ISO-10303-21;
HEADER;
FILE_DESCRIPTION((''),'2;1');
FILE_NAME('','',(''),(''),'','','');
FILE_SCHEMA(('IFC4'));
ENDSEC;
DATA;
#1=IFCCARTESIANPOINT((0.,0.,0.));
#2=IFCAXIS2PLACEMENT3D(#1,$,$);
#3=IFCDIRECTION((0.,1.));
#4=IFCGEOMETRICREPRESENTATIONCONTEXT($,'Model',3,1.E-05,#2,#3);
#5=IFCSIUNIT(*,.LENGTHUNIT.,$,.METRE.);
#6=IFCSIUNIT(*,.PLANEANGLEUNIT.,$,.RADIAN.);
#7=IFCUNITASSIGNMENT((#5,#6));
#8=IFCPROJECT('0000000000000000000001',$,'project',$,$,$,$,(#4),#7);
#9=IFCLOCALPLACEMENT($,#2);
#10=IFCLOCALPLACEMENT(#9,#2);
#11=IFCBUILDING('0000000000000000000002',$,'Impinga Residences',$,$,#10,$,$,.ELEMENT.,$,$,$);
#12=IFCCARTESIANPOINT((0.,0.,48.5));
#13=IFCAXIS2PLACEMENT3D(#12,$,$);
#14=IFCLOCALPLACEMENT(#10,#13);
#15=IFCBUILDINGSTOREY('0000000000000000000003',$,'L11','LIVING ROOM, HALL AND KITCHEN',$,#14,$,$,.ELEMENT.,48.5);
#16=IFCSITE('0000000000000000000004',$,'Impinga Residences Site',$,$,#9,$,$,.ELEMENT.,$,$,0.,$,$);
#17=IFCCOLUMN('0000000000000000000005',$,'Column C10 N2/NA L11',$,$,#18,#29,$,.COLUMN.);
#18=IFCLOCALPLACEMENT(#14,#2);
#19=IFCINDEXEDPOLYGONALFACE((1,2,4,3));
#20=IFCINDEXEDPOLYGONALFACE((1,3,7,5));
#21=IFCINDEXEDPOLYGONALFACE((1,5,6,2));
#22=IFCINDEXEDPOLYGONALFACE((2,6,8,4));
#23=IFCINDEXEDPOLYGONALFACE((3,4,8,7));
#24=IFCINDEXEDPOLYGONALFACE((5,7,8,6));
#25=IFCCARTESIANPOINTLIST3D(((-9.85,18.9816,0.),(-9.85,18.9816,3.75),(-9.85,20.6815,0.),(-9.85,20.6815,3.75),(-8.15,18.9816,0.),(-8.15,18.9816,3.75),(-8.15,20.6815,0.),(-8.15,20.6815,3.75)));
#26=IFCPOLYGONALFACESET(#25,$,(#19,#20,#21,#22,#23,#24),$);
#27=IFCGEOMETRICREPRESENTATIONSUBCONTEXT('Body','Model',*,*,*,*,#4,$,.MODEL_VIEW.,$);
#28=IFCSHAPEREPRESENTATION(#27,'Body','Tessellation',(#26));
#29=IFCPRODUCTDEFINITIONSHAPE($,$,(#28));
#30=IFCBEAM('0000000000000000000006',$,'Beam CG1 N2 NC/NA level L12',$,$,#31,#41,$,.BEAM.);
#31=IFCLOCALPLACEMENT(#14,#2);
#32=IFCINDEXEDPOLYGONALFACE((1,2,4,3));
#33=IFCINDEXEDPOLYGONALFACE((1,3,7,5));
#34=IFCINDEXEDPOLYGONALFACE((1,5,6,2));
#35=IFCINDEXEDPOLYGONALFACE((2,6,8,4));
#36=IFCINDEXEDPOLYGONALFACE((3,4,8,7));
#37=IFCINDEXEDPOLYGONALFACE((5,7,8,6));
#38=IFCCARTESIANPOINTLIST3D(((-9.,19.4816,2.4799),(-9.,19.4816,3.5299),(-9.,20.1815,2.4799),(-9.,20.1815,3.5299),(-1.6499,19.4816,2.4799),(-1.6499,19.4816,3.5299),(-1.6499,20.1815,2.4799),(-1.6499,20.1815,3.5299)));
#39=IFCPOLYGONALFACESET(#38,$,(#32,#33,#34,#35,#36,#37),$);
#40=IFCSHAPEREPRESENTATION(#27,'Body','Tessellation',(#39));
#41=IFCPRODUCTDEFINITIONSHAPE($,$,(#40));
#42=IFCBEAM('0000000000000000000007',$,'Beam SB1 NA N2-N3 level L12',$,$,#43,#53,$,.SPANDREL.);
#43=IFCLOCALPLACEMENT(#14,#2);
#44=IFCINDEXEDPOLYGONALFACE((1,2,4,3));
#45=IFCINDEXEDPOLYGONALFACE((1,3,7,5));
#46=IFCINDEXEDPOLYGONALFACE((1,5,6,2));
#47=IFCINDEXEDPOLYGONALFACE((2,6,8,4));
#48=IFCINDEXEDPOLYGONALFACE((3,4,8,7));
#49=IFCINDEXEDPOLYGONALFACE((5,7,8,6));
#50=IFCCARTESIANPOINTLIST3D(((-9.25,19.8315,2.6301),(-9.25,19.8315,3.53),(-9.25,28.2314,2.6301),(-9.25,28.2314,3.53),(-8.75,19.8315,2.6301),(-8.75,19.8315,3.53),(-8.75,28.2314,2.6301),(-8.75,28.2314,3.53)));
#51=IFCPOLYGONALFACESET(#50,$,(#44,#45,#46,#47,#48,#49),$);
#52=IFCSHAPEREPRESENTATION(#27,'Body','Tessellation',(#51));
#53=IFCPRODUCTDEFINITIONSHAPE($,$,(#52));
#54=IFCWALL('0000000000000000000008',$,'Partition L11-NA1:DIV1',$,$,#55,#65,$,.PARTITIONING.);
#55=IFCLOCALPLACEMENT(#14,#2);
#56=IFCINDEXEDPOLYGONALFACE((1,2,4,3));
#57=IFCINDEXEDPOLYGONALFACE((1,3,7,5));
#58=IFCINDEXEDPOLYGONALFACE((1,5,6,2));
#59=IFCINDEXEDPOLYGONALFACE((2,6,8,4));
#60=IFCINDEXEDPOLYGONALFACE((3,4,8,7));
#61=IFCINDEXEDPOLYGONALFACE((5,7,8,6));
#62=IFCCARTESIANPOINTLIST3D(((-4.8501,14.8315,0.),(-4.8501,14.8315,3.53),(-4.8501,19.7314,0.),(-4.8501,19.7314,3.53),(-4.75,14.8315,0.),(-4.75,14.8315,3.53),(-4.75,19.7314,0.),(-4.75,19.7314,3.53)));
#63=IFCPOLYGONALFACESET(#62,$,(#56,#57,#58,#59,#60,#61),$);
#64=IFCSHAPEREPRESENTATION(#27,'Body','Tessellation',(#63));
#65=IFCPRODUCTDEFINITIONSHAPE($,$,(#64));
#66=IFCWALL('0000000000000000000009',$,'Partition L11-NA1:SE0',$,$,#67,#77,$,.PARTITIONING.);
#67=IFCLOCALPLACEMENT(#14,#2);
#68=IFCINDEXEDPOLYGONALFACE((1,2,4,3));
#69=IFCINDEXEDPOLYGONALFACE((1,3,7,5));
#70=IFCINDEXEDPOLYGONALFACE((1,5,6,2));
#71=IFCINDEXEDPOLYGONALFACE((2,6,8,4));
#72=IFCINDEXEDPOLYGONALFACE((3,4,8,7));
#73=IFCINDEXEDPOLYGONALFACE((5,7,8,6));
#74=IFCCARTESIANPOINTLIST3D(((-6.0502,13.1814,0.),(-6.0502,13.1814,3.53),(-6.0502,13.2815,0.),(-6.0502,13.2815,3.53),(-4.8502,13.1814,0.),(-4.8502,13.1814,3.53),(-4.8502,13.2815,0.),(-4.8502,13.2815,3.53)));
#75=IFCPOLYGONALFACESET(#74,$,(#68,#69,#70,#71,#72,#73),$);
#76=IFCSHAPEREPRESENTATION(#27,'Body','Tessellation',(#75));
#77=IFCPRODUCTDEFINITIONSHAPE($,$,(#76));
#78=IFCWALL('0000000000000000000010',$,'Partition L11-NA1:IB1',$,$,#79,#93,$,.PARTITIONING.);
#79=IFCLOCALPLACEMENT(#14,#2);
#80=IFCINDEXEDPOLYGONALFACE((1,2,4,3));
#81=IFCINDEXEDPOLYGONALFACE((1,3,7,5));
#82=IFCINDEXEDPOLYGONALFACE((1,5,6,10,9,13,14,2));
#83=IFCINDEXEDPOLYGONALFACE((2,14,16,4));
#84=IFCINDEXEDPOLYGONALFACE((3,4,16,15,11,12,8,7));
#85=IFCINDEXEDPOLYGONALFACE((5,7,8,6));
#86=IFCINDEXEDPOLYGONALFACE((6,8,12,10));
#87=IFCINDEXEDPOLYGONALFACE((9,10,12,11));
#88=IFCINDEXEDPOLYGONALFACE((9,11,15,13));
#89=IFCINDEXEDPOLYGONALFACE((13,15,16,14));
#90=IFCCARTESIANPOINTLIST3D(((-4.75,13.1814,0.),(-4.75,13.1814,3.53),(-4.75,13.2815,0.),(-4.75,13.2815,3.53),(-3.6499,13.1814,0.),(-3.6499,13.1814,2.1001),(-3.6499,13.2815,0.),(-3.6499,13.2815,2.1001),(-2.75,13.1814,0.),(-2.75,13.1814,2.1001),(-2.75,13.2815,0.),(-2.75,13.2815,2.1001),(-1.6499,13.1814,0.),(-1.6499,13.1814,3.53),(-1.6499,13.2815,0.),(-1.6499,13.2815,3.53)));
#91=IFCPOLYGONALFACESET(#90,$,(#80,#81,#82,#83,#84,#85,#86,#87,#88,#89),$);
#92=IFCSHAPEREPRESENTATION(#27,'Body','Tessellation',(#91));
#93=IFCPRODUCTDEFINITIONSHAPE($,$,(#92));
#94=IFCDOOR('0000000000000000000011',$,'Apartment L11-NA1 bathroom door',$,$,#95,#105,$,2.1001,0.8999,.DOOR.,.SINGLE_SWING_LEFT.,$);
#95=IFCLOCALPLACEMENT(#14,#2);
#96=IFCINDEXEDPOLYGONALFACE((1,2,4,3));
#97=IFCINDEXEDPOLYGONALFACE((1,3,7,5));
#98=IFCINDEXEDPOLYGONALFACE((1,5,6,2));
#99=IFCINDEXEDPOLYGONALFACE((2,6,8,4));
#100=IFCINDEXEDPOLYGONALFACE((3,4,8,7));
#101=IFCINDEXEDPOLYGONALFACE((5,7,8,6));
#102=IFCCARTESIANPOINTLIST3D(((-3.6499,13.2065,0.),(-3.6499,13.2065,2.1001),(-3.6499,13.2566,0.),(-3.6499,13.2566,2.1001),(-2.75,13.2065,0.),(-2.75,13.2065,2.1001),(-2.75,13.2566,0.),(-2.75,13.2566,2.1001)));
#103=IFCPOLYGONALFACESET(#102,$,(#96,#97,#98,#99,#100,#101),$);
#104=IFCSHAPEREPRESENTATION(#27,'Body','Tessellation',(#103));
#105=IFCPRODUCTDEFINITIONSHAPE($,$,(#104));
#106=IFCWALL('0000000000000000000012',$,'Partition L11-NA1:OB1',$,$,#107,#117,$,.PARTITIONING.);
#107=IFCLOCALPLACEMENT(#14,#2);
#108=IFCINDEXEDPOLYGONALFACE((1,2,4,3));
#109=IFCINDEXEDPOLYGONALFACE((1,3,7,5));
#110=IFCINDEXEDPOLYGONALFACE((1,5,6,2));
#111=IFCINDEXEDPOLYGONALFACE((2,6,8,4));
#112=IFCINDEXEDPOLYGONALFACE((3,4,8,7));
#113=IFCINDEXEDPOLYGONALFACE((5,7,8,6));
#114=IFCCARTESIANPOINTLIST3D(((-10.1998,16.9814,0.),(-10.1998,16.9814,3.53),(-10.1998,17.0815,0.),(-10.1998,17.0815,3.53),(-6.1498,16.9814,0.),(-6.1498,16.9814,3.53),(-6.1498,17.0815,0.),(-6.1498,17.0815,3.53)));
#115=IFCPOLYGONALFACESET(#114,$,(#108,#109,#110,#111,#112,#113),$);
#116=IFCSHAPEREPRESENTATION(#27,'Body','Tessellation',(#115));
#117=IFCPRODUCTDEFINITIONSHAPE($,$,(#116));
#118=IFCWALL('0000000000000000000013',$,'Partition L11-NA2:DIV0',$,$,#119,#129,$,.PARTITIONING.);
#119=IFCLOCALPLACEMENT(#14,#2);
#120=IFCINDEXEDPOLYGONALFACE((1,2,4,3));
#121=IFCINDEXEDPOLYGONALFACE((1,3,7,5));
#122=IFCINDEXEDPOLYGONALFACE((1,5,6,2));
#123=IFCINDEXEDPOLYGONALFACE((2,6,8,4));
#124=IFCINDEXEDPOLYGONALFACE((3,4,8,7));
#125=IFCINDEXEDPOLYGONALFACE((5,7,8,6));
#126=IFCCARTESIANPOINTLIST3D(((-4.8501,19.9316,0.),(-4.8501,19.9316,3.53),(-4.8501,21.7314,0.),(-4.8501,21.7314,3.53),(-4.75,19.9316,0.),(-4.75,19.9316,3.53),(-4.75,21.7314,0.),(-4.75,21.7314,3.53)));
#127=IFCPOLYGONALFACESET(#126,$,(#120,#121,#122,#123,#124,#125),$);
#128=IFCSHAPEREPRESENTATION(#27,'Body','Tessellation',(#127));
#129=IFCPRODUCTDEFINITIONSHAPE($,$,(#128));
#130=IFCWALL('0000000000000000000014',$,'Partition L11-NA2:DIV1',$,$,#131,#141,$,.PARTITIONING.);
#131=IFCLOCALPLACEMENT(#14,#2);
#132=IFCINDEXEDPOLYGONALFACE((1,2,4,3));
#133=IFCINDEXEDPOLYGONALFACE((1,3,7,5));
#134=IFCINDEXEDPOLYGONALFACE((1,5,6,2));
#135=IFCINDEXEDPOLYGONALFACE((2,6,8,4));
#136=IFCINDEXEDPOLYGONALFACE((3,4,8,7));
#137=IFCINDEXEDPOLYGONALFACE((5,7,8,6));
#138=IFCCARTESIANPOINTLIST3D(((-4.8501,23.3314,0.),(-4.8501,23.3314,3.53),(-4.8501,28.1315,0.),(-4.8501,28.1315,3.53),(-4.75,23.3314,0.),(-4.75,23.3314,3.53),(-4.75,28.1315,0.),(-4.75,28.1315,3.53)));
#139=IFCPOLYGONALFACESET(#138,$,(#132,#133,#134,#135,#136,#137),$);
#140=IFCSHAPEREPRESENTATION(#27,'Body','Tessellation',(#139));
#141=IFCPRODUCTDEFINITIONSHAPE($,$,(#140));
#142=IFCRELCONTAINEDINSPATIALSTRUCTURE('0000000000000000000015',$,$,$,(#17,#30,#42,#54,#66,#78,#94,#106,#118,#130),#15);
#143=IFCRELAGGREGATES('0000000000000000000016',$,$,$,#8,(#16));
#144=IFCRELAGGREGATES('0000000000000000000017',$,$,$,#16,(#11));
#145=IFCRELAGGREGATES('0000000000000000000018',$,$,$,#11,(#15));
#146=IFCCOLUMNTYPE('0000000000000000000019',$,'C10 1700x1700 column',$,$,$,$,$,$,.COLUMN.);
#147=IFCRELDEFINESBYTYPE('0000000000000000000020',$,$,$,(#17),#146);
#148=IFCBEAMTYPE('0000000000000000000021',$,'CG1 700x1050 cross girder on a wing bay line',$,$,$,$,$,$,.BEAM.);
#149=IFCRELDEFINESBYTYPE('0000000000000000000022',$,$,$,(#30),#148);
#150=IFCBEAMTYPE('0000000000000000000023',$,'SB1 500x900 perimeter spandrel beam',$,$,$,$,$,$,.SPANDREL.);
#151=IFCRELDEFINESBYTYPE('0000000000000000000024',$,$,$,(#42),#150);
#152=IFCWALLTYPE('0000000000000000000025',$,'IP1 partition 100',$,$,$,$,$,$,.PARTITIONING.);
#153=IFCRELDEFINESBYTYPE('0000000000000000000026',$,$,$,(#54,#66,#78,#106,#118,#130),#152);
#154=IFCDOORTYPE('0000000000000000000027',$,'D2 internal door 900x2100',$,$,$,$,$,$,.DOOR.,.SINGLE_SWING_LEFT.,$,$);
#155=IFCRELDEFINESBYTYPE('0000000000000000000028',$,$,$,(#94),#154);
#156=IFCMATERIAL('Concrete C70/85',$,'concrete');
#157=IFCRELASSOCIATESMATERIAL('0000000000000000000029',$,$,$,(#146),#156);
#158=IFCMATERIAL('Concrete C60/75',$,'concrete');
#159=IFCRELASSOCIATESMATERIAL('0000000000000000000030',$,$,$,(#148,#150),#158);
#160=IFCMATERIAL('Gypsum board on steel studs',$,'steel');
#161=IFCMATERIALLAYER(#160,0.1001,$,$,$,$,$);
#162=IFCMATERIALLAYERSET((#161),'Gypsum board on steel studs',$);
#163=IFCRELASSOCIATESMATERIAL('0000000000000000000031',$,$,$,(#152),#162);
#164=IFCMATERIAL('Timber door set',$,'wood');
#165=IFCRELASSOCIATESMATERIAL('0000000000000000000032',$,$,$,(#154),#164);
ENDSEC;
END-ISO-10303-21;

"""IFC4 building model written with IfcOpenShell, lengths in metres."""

from ifc_helpers import new_model, si_unit, direction, frame, frame_2d, origin, origin_2d, place, context, subcontext, project, spatial, rectangle, extrude, material, layer, layer_set, material_profile, profile_set, type_object, element, fill, save


model = new_model("IFC4")

# Units and contexts
model_context = context("Model", 3, precision=1e-05, world=origin(), true_north=direction((0.0, 1.0)))
body_context = subcontext(model_context, "Body", "Model", "MODEL_VIEW")
ifc_project = project(units=[si_unit("LENGTHUNIT", "METRE"), si_unit("PLANEANGLEUNIT", "RADIAN")], contexts=[model_context])

# Site, building, storey
site_placement = place(None, origin())
site = spatial("IfcSite", under=ifc_project, at=site_placement, Name="Impinga Residences Site", CompositionType="ELEMENT", RefElevation=0.0)
building_placement = place(site_placement, origin())
building = spatial("IfcBuilding", under=site, at=building_placement, Name="Impinga Residences", CompositionType="ELEMENT")
storey_placement = place(building_placement, frame((0.0, 0.0, 48.5)))
storey = spatial("IfcBuildingStorey", under=building, at=storey_placement, Name="L11", Description="LIVING ROOM, HALL AND KITCHEN", CompositionType="ELEMENT", Elevation=48.5)

# Column
ifc_material_1 = material(Name="Concrete C70/85", Category="concrete")
ifc_material_profile_1 = material_profile(ifc_material_1, rectangle(XDim=1.7, YDim=1.7, at=origin_2d()), Name="RC 1700x1700")
ifc_profile_set_1 = profile_set([ifc_material_profile_1], Name="Concrete C70/85")
column_type = type_object("IfcColumnType", Name="C10 1700x1700 column", PredefinedType="COLUMN", material=ifc_profile_set_1)
column_placement = place(storey_placement, frame((-9.0, 19.8315, 0.0), z_axis=(0.0, 0.0, 1.0), x_axis=(1.0, 0.0, 0.0)))
element("IfcColumn", 1, at=column_placement, inside=storey, type_object=column_type, Name="Column C10 N2/NA L11", PredefinedType="COLUMN", context=body_context, shape_type="SweptSolid", body=[
    extrude(rectangle(XDim=1.7, YDim=1.7, at=origin_2d()), origin(), (0.0, 0.0, 1.0), 3.75),
])

# Beams
ifc_material_2 = material(Name="Concrete C60/75", Category="concrete")
ifc_material_profile_2 = material_profile(ifc_material_2, rectangle(XDim=0.7, YDim=1.05, at=origin_2d()), Name="RC 700x1050")
ifc_profile_set_2 = profile_set([ifc_material_profile_2], Name="Concrete C60/75")
beam_type_1 = type_object("IfcBeamType", Name="CG1 700x1050 cross girder on a wing bay line", PredefinedType="BEAM", material=ifc_profile_set_2)
beam_1_placement = place(storey_placement, frame((-1.6499, 19.8315, 3.0049), z_axis=(-1.0, 0.0, 0.0), x_axis=(0.0, -1.0, 0.0)))
element("IfcBeam", 2, at=beam_1_placement, inside=storey, type_object=beam_type_1, Name="Beam CG1 N2 NC/NA level L12", PredefinedType="BEAM", context=body_context, shape_type="SweptSolid", body=[
    extrude(rectangle(XDim=0.7, YDim=1.05, at=origin_2d()), origin(), (0.0, 0.0, 1.0), 7.3501),
])
ifc_material_profile_3 = material_profile(ifc_material_2, rectangle(XDim=0.5, YDim=0.8999, at=origin_2d()), Name="RC 500x900")
ifc_profile_set_3 = profile_set([ifc_material_profile_3], Name="Concrete C60/75")
beam_type_2 = type_object("IfcBeamType", Name="SB1 500x900 perimeter spandrel beam", PredefinedType="SPANDREL", material=ifc_profile_set_3)
beam_2_placement = place(storey_placement, frame((-9.0, 19.8315, 3.0801), z_axis=(0.0, 1.0, 0.0), x_axis=(-1.0, 0.0, 0.0)))
element("IfcBeam", 3, at=beam_2_placement, inside=storey, type_object=beam_type_2, Name="Beam SB1 NA N2-N3 level L12", PredefinedType="SPANDREL", context=body_context, shape_type="SweptSolid", body=[
    extrude(rectangle(XDim=0.5, YDim=0.8999, at=origin_2d()), origin(), (0.0, 0.0, 1.0), 8.3999),
])

# Walls
ifc_material_3 = material(Name="Gypsum board on steel studs", Category="steel")
ifc_layer_1 = layer(ifc_material_3, 0.1001)
ifc_layer_set_1 = layer_set([ifc_layer_1], Name="Gypsum board on steel studs")
wall_type_1 = type_object("IfcWallType", Name="IP1 partition 100", PredefinedType="PARTITIONING", material=ifc_layer_set_1)
wall_1_placement = place(storey_placement, frame((-4.8, 14.8315, 0.0), z_axis=(0.0, 0.0, 1.0), x_axis=(0.0, 1.0, 0.0)))
element("IfcWall", 4, at=wall_1_placement, inside=storey, type_object=wall_type_1, Name="Partition L11-NA1:DIV1", PredefinedType="PARTITIONING", context=body_context, shape_type="SweptSolid", body=[
    extrude(rectangle(XDim=4.8999, YDim=0.1001, at=frame_2d((2.45, 0.0))), origin(), (0.0, 0.0, 1.0), 3.53),
])
wall_2_placement = place(storey_placement, frame((-4.8501, 13.2314, 0.0), z_axis=(0.0, 0.0, 1.0), x_axis=(-1.0, 0.0, 0.0)))
element("IfcWall", 5, at=wall_2_placement, inside=storey, type_object=wall_type_1, Name="Partition L11-NA1:SE0", PredefinedType="PARTITIONING", context=body_context, shape_type="SweptSolid", body=[
    extrude(rectangle(XDim=1.2, YDim=0.1001, at=frame_2d((0.6001, 0.0))), origin(), (0.0, 0.0, 1.0), 3.53),
])

# Wall, opening, door
wall_3_placement = place(storey_placement, frame((-1.6499, 13.2314, 0.0), z_axis=(0.0, 0.0, 1.0), x_axis=(-1.0, 0.0, 0.0)))
wall_3 = element("IfcWall", 6, at=wall_3_placement, inside=storey, type_object=wall_type_1, Name="Partition L11-NA1:IB1", PredefinedType="PARTITIONING", context=body_context, shape_type="SweptSolid", body=[
    extrude(rectangle(XDim=3.1001, YDim=0.1001, at=frame_2d((1.55, 0.0))), origin(), (0.0, 0.0, 1.0), 3.53),
])
opening_1_placement = place(wall_3_placement, frame((1.1001, 0.0, 0.0)))
opening_1 = element("IfcOpeningElement", 7, at=opening_1_placement, cuts=wall_3, PredefinedType="OPENING", context=body_context, shape_type="SweptSolid", body=[
    extrude(rectangle(XDim=0.8999, YDim=2.1001, at=frame_2d((0.45, 1.05))), frame((0.0, 0.0601, 0.0), z_axis=(0.0, -1.0, 0.0), x_axis=(1.0, 0.0, 0.0)), (0.0, 0.0, 1.0), 0.1201),
])
ifc_material_4 = material(Name="Timber door set", Category="wood")
door_type = type_object("IfcDoorType", Name="D2 internal door 900x2100", OperationType="SINGLE_SWING_LEFT", PredefinedType="DOOR", material=ifc_material_4)
door_1_placement = place(opening_1_placement, origin())
door_1 = element("IfcDoor", 8, at=door_1_placement, inside=storey, type_object=door_type, Name="Apartment L11-NA1 bathroom door", OperationType="SINGLE_SWING_LEFT", OverallHeight=2.1001, OverallWidth=0.8999, PredefinedType="DOOR", context=body_context, shape_type="SweptSolid", body=[
    extrude(rectangle(XDim=0.8999, YDim=2.1001, at=frame_2d((0.45, 1.05))), frame((0.0, 0.0249, 0.0), z_axis=(0.0, -1.0, 0.0), x_axis=(1.0, 0.0, 0.0)), (0.0, 0.0, 1.0), 0.05),
])
fill(opening_1, door_1)

# Walls
wall_4_placement = place(storey_placement, frame((-6.1499, 17.0315, 0.0), z_axis=(0.0, 0.0, 1.0), x_axis=(-1.0, 0.0, 0.0)))
element("IfcWall", 9, at=wall_4_placement, inside=storey, type_object=wall_type_1, Name="Partition L11-NA1:OB1", PredefinedType="PARTITIONING", context=body_context, shape_type="SweptSolid", body=[
    extrude(rectangle(XDim=4.05, YDim=0.1001, at=frame_2d((2.0249, 0.0))), origin(), (0.0, 0.0, 1.0), 3.53),
])
wall_5_placement = place(storey_placement, frame((-4.8, 19.9316, 0.0), z_axis=(0.0, 0.0, 1.0), x_axis=(0.0, 1.0, 0.0)))
element("IfcWall", 10, at=wall_5_placement, inside=storey, type_object=wall_type_1, Name="Partition L11-NA2:DIV0", PredefinedType="PARTITIONING", context=body_context, shape_type="SweptSolid", body=[
    extrude(rectangle(XDim=1.7998, YDim=0.1001, at=frame_2d((0.8999, 0.0))), origin(), (0.0, 0.0, 1.0), 3.53),
])
wall_6_placement = place(storey_placement, frame((-4.8, 23.3315, 0.0), z_axis=(0.0, 0.0, 1.0), x_axis=(0.0, 1.0, 0.0)))
element("IfcWall", 11, at=wall_6_placement, inside=storey, type_object=wall_type_1, Name="Partition L11-NA2:DIV1", PredefinedType="PARTITIONING", context=body_context, shape_type="SweptSolid", body=[
    extrude(rectangle(XDim=4.8, YDim=0.1001, at=frame_2d((2.3999, 0.0))), origin(), (0.0, 0.0, 1.0), 3.53),
])

save(model, "model.ifc")
